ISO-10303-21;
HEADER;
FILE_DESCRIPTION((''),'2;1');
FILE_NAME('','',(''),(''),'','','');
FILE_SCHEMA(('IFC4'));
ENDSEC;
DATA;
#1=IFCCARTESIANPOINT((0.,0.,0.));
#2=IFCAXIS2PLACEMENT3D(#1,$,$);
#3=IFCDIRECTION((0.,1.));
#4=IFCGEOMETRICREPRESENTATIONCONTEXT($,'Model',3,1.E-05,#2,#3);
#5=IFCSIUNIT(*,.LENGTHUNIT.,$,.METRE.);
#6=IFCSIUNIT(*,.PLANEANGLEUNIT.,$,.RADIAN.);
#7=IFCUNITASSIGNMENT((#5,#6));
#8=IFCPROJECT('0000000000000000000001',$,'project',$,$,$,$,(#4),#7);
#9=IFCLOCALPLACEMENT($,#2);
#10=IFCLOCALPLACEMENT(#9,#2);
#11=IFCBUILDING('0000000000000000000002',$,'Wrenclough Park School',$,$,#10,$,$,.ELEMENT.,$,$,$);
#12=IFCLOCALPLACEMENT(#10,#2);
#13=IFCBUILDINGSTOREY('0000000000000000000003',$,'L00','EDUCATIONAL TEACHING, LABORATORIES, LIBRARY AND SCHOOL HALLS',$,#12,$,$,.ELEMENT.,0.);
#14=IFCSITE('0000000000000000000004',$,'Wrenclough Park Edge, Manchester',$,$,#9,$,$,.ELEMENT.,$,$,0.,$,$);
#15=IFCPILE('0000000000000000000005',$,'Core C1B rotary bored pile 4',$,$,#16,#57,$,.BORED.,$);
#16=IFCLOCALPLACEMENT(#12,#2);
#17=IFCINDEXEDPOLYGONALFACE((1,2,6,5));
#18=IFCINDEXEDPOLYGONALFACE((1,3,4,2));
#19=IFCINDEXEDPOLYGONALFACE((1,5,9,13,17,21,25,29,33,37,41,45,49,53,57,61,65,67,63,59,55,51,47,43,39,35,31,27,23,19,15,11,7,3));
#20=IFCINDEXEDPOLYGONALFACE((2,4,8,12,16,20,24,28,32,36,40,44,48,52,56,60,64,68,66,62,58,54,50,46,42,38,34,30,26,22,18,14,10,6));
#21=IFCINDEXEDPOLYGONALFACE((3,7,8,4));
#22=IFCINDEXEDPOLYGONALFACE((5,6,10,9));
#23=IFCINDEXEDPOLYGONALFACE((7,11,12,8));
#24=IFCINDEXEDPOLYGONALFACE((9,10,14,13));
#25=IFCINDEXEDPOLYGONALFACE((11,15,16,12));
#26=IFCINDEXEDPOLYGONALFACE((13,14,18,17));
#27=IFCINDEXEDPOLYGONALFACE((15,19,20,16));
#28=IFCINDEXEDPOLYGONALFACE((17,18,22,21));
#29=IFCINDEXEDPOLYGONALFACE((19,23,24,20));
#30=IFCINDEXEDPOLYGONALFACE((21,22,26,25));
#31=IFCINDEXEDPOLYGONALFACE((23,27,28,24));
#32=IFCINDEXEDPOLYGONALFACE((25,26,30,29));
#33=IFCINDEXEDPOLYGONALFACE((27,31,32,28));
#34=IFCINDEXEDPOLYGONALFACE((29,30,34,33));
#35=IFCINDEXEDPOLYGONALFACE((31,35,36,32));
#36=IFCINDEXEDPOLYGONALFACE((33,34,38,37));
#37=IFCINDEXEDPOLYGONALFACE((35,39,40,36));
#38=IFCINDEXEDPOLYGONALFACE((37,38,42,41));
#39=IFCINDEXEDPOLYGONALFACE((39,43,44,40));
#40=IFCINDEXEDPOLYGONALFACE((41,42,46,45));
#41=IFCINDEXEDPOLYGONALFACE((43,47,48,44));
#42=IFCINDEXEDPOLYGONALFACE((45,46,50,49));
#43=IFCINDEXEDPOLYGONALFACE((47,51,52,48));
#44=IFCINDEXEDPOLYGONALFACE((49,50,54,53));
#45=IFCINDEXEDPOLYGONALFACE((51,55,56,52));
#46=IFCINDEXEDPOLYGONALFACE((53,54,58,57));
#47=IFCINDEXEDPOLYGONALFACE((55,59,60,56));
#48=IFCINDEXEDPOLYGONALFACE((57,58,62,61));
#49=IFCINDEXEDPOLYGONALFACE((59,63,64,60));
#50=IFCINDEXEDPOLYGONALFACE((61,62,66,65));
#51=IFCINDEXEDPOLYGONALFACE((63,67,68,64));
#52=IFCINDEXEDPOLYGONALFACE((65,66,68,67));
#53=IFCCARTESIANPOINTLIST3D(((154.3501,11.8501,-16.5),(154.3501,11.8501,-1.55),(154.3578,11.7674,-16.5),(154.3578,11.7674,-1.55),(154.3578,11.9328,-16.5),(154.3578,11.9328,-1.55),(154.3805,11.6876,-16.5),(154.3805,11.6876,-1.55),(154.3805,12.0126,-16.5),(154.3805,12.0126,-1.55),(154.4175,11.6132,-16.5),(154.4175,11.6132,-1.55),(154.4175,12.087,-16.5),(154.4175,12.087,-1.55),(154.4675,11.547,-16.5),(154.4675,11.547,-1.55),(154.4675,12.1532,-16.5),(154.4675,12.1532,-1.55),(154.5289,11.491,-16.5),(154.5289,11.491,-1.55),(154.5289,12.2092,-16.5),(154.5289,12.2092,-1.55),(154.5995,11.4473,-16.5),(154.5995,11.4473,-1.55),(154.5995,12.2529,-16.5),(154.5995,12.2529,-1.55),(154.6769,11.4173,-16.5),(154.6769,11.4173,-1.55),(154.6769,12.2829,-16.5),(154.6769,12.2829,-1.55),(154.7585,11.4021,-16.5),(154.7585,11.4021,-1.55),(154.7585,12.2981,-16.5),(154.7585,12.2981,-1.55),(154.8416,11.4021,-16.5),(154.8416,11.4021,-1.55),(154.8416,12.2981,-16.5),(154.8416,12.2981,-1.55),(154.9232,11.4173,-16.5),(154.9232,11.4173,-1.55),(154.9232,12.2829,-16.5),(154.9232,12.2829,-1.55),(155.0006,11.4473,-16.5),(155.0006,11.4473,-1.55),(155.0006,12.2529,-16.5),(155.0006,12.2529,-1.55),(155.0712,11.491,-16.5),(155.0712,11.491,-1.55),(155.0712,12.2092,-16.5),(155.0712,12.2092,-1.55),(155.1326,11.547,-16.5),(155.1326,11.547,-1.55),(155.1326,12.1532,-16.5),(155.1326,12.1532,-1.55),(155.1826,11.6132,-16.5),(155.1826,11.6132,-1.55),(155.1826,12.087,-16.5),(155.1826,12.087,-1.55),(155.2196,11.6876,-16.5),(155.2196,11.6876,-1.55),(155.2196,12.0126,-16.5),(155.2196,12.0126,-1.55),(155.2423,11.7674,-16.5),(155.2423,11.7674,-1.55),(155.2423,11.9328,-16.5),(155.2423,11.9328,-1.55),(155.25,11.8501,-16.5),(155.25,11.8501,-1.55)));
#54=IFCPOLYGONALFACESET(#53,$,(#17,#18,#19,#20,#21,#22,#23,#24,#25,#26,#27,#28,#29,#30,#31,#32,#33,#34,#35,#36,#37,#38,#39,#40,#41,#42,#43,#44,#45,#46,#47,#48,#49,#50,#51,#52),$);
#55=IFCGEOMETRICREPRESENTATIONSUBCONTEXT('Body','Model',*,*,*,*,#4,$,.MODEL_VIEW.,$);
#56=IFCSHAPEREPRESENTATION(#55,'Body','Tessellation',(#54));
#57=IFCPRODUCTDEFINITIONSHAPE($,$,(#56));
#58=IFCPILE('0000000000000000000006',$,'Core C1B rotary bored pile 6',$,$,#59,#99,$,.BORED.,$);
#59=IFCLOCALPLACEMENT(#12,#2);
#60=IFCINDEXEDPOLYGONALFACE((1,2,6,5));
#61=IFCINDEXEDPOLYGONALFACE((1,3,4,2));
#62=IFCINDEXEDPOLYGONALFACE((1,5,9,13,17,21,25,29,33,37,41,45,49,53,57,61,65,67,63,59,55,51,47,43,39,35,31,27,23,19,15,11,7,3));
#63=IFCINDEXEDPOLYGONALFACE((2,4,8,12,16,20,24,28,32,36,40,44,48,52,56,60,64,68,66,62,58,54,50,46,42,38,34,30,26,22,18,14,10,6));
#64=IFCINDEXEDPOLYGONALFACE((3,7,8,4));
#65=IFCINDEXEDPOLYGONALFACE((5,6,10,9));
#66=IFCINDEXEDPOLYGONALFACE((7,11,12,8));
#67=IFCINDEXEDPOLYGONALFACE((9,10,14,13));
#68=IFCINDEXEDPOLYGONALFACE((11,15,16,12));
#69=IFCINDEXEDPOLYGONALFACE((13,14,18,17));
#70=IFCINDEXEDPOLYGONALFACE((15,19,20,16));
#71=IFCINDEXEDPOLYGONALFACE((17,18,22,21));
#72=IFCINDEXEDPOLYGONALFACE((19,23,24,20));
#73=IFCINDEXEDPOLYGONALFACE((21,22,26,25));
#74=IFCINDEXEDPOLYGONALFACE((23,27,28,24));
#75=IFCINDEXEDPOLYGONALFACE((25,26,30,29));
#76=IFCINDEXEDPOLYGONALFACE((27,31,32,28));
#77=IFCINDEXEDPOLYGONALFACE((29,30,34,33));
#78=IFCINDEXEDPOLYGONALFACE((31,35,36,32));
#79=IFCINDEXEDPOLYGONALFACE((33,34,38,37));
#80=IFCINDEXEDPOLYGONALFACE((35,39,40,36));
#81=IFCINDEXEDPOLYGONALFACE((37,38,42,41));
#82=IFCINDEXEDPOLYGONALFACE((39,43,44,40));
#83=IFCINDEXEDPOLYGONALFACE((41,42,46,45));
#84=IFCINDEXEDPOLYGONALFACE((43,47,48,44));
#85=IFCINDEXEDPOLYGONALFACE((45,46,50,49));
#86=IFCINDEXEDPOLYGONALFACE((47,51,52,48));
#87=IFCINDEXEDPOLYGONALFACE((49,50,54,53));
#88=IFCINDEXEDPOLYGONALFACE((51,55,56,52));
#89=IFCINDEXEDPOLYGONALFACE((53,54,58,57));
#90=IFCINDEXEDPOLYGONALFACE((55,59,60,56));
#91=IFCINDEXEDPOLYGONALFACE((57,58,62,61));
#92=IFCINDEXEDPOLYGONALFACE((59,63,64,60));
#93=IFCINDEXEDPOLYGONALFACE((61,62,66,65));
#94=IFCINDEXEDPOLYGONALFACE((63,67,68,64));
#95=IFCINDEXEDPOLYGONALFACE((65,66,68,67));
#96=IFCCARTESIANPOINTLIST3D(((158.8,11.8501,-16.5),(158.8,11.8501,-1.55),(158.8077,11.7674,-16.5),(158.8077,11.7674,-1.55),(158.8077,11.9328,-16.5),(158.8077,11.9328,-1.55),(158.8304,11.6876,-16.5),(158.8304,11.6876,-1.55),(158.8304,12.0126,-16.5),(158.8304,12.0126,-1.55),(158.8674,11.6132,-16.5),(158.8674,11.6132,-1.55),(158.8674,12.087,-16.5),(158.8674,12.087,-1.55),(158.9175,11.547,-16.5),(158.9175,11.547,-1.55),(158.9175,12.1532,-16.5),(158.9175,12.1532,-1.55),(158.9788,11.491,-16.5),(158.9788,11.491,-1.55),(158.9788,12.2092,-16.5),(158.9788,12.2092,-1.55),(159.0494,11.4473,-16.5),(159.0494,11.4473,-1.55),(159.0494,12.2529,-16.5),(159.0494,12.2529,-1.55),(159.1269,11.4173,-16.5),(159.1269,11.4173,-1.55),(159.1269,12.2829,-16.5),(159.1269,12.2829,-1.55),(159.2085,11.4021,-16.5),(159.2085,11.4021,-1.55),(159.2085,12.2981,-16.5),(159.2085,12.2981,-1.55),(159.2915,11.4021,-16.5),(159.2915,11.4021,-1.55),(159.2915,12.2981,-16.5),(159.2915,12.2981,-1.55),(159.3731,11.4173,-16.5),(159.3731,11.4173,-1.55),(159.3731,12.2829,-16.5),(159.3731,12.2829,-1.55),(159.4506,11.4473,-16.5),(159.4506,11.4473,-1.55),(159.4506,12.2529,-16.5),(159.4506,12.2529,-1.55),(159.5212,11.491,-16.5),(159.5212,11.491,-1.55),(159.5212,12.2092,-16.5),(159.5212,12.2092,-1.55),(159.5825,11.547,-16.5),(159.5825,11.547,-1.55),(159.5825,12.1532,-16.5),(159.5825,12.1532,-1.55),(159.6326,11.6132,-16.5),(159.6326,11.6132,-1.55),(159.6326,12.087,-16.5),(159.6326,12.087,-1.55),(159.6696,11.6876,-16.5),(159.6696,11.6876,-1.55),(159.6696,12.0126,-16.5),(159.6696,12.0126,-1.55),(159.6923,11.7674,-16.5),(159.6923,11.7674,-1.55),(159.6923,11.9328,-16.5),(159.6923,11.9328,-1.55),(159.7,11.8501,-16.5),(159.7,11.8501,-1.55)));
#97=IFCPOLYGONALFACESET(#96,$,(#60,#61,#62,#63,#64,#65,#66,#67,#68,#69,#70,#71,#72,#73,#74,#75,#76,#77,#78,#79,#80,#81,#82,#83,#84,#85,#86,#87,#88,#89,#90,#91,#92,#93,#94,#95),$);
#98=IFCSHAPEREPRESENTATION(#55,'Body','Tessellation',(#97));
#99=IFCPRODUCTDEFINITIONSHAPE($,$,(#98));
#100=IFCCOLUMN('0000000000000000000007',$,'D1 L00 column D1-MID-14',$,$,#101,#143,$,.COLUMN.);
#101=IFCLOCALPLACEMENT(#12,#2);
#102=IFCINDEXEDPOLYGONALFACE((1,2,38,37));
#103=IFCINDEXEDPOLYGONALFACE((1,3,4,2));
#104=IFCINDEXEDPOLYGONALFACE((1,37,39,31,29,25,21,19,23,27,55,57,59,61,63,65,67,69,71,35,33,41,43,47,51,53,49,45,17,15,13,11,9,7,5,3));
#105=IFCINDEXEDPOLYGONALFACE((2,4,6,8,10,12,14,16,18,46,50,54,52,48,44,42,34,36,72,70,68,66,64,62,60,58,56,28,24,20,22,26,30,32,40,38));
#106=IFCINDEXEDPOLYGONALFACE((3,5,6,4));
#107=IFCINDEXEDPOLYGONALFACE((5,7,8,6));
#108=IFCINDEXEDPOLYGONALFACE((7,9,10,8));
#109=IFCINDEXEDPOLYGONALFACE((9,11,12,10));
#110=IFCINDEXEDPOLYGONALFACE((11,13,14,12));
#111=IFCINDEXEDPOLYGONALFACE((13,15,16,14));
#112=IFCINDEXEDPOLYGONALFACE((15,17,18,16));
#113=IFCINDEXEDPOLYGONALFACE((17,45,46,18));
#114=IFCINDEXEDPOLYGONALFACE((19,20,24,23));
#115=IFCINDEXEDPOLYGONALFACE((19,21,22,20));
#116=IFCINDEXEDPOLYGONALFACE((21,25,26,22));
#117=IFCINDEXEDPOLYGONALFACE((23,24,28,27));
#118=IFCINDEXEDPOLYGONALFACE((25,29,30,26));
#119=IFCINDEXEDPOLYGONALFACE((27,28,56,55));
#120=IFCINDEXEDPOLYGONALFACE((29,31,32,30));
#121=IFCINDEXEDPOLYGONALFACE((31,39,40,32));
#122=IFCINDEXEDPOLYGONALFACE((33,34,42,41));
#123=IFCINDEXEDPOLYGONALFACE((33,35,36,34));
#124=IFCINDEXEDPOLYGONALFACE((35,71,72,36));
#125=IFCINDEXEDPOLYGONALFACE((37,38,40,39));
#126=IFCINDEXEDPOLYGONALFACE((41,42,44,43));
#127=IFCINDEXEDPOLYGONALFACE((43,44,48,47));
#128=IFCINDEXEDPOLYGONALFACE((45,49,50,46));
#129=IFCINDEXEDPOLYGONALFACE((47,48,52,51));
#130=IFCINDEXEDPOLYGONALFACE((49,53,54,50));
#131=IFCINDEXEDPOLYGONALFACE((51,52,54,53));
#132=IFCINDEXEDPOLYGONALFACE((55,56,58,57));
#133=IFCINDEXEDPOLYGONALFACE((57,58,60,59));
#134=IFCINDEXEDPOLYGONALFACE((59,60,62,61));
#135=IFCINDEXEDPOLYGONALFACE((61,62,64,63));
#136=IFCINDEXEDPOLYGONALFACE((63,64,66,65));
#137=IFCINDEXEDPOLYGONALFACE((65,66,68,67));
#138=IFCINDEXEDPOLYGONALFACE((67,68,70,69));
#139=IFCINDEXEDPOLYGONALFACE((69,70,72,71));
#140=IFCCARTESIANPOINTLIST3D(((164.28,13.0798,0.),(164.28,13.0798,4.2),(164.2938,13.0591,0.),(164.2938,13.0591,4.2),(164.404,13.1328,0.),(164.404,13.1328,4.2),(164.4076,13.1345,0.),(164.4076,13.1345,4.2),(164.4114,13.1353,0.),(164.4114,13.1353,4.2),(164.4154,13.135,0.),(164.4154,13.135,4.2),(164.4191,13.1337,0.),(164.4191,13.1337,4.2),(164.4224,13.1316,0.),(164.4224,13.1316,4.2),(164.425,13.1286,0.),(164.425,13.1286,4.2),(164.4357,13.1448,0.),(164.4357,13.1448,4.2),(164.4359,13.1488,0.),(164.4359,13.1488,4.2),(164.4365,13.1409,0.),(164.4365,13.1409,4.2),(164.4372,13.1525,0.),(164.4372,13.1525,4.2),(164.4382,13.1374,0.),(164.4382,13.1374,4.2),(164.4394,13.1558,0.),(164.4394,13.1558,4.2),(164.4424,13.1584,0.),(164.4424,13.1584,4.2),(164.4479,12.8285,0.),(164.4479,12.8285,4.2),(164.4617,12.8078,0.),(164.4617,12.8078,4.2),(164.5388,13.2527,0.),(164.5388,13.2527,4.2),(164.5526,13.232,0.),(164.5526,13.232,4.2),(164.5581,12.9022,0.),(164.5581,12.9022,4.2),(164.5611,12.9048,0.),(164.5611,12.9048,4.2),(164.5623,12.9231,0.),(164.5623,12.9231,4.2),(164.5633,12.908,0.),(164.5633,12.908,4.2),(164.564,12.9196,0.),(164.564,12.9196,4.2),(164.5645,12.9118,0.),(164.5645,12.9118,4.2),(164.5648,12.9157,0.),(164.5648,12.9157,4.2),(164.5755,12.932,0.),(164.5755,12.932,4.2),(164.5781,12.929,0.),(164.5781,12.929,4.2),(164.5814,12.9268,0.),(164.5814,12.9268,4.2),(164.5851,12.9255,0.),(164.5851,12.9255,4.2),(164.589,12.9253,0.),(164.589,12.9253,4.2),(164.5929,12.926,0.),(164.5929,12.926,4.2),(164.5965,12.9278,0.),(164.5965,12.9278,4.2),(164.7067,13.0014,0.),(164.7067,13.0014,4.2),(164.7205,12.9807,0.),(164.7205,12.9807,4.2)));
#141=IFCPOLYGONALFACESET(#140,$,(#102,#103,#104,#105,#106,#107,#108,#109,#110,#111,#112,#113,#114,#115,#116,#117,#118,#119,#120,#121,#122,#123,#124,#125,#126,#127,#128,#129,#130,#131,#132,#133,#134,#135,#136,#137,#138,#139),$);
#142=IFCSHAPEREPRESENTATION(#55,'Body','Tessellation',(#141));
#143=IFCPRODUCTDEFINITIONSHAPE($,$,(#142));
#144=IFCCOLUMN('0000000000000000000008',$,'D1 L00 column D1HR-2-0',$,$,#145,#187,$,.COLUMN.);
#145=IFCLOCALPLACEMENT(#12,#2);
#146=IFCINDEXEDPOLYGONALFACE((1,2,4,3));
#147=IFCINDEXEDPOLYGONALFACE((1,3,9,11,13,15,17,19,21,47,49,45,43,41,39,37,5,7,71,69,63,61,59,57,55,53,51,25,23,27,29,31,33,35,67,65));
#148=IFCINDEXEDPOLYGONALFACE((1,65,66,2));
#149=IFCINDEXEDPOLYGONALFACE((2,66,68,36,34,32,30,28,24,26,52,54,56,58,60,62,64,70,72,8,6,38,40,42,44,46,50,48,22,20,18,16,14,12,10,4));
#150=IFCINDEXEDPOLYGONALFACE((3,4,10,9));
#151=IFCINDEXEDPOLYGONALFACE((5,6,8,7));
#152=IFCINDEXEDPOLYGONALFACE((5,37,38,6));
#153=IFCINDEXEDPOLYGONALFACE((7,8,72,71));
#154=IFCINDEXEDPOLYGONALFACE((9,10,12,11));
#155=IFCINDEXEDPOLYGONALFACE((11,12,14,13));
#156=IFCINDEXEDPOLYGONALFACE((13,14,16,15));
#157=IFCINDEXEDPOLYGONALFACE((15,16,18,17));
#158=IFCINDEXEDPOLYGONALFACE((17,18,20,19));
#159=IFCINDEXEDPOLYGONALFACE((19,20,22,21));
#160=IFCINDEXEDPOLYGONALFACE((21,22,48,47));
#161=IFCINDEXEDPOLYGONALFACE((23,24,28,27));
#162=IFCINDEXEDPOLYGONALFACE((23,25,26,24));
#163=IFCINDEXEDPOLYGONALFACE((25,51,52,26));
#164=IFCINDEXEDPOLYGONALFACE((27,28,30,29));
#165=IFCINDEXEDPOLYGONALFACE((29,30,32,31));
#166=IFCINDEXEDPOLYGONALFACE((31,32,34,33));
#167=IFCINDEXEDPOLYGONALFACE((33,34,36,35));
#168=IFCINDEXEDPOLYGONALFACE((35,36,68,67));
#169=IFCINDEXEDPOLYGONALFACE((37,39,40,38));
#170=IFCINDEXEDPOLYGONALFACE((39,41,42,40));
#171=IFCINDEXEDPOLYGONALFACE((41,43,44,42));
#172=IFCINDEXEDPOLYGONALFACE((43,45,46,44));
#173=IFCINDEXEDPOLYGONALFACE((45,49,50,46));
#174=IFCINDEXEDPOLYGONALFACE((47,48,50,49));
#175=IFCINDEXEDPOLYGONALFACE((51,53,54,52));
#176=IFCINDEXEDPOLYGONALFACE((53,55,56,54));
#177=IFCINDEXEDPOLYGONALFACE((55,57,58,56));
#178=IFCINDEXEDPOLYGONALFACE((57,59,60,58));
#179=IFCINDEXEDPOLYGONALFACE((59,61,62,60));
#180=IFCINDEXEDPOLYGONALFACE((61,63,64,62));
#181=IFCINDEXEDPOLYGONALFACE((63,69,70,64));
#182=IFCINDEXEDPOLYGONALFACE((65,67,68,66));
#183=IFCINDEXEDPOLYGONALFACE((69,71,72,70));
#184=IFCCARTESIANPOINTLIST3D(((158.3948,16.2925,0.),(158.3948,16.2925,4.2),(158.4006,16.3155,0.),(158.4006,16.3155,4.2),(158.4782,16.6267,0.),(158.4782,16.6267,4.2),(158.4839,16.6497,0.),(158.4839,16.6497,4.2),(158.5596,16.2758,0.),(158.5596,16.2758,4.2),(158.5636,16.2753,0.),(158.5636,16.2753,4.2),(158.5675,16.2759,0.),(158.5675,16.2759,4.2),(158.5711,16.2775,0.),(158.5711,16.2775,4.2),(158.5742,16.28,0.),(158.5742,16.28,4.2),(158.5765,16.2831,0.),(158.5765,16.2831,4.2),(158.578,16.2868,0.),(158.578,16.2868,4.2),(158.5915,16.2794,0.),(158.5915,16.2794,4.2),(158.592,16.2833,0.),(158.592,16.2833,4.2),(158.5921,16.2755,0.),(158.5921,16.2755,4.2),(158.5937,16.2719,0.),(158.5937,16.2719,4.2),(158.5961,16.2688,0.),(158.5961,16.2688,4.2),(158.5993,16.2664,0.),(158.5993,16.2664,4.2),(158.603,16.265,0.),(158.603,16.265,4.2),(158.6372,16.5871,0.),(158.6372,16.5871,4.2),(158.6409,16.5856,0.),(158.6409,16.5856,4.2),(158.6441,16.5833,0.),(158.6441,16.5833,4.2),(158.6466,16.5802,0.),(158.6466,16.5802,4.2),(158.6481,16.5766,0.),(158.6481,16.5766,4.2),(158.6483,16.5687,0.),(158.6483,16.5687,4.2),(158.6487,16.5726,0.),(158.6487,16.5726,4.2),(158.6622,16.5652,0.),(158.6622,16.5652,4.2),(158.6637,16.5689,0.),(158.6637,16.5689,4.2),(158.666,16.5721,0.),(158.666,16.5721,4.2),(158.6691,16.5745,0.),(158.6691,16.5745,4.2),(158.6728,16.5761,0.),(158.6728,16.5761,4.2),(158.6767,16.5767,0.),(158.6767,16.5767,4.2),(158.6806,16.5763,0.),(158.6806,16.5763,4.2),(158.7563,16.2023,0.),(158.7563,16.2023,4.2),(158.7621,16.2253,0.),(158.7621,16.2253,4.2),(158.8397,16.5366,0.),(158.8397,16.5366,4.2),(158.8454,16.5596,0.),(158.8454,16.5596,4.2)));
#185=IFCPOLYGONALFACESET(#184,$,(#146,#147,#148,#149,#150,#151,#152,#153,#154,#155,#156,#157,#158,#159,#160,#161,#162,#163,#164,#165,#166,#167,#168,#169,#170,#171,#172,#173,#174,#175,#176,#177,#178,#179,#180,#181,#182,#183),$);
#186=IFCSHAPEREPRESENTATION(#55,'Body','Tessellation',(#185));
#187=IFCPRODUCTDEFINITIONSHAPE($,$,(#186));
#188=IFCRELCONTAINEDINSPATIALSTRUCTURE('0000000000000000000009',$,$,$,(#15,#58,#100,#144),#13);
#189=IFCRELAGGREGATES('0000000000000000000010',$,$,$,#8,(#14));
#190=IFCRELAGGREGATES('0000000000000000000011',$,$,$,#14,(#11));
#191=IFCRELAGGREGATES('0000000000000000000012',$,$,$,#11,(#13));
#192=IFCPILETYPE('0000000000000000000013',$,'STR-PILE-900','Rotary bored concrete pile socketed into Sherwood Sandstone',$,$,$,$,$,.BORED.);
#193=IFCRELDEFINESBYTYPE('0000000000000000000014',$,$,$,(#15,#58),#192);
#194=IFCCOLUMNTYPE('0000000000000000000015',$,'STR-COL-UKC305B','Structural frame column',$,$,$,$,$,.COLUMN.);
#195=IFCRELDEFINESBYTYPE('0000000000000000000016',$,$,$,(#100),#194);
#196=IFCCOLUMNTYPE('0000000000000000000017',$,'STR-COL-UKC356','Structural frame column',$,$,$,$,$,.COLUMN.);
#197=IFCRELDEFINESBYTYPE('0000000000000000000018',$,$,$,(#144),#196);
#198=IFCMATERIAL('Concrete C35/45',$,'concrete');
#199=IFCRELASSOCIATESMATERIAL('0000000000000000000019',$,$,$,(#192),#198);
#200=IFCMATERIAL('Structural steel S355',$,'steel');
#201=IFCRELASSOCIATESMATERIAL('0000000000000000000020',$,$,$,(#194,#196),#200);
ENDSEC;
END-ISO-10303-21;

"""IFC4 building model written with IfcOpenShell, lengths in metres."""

from ifc_helpers import new_model, si_unit, direction, frame, origin, origin_2d, place, context, subcontext, project, spatial, circle, i_section, extrude, material, material_profile, profile_set, type_object, element, save


model = new_model("IFC4")

# Units and contexts
model_context = context("Model", 3, precision=1e-05, world=origin(), true_north=direction((0.0, 1.0)))
body_context = subcontext(model_context, "Body", "Model", "MODEL_VIEW")
ifc_project = project(units=[si_unit("LENGTHUNIT", "METRE"), si_unit("PLANEANGLEUNIT", "RADIAN")], contexts=[model_context])

# Site, building, storey
site_placement = place(None, origin())
site = spatial("IfcSite", under=ifc_project, at=site_placement, Name="Wrenclough Park Edge, Manchester", CompositionType="ELEMENT", RefElevation=0.0)
building_placement = place(site_placement, origin())
building = spatial("IfcBuilding", under=site, at=building_placement, Name="Wrenclough Park School", CompositionType="ELEMENT")
storey_placement = place(building_placement, origin())
storey = spatial("IfcBuildingStorey", under=building, at=storey_placement, Name="L00", Description="EDUCATIONAL TEACHING, LABORATORIES, LIBRARY AND SCHOOL HALLS", CompositionType="ELEMENT", Elevation=0.0)

# Shared definitions
ifc_material_1 = material(Name="Concrete C35/45", Category="concrete")

# Piles
ifc_material_profile_1 = material_profile(ifc_material_1, circle(Radius=0.45, at=origin_2d()), Name="BORED PILE D900")
ifc_profile_set_1 = profile_set([ifc_material_profile_1], Name="Concrete C35/45")
pile_type_1 = type_object("IfcPileType", Name="STR-PILE-900", Description="Rotary bored concrete pile socketed into Sherwood Sandstone", PredefinedType="BORED", material=ifc_profile_set_1)
for number, where, z_axis, x_axis, name in (
    (1, (154.8, 11.8501, -1.55), (0.0, 0.0, -1.0), (1.0, 0.0, 0.0), "Core C1B rotary bored pile 4"),
    (2, (159.25, 11.8501, -1.55), (0.0, 0.0, -1.0), (1.0, 0.0, 0.0), "Core C1B rotary bored pile 6"),
):
    element("IfcPile", number, at=place(storey_placement, frame(where, z_axis=z_axis, x_axis=x_axis)), inside=storey, type_object=pile_type_1, Name=name, PredefinedType="BORED", context=body_context, shape_type="SweptSolid", body=[
        extrude(circle(Radius=0.45, at=origin_2d()), origin(), (0.0, 0.0, 1.0), 14.95),
    ])

# Columns
ifc_material_2 = material(Name="Structural steel S355", Category="steel")
ifc_material_profile_2 = material_profile(ifc_material_2, i_section(OverallWidth=0.3113, OverallDepth=0.3271, WebThickness=0.0159, FlangeThickness=0.0249, FilletRadius=0.0151, at=origin_2d()), Name="UKC 305x305x158")
ifc_profile_set_2 = profile_set([ifc_material_profile_2], Name="Structural steel S355")
column_type_1 = type_object("IfcColumnType", Name="STR-COL-UKC305B", Description="Structural frame column", PredefinedType="COLUMN", material=ifc_profile_set_2)
column_1_placement = place(storey_placement, frame((164.5002, 13.0303, 0.0), z_axis=(0.0, 0.0, 1.0), x_axis=(0.83147, 0.55557, 0.0)))
element("IfcColumn", 3, at=column_1_placement, inside=storey, type_object=column_type_1, Name="D1 L00 column D1-MID-14", PredefinedType="COLUMN", context=body_context, shape_type="SweptSolid", body=[
    extrude(i_section(OverallWidth=0.3113, OverallDepth=0.3271, WebThickness=0.0159, FlangeThickness=0.0249, FilletRadius=0.0151, at=origin_2d()), origin(), (0.0, 0.0, 1.0), 4.2),
])
ifc_material_profile_3 = material_profile(ifc_material_2, i_section(OverallWidth=0.3726, OverallDepth=0.3682, WebThickness=0.0144, FlangeThickness=0.0237, FilletRadius=0.0151, at=origin_2d()), Name="UKC 356x368x177")
ifc_profile_set_3 = profile_set([ifc_material_profile_3], Name="Structural steel S355")
column_type_2 = type_object("IfcColumnType", Name="STR-COL-UKC356", Description="Structural frame column", PredefinedType="COLUMN", material=ifc_profile_set_3)
column_2_placement = place(storey_placement, frame((158.6201, 16.426, 0.0), z_axis=(0.0, 0.0, 1.0), x_axis=(0.970296, -0.241922, 0.0)))
element("IfcColumn", 4, at=column_2_placement, inside=storey, type_object=column_type_2, Name="D1 L00 column D1HR-2-0", PredefinedType="COLUMN", context=body_context, shape_type="SweptSolid", body=[
    extrude(i_section(OverallWidth=0.3726, OverallDepth=0.3682, WebThickness=0.0144, FlangeThickness=0.0237, FilletRadius=0.0151, at=origin_2d()), origin(), (0.0, 0.0, 1.0), 4.2),
])

save(model, "model.ifc")
